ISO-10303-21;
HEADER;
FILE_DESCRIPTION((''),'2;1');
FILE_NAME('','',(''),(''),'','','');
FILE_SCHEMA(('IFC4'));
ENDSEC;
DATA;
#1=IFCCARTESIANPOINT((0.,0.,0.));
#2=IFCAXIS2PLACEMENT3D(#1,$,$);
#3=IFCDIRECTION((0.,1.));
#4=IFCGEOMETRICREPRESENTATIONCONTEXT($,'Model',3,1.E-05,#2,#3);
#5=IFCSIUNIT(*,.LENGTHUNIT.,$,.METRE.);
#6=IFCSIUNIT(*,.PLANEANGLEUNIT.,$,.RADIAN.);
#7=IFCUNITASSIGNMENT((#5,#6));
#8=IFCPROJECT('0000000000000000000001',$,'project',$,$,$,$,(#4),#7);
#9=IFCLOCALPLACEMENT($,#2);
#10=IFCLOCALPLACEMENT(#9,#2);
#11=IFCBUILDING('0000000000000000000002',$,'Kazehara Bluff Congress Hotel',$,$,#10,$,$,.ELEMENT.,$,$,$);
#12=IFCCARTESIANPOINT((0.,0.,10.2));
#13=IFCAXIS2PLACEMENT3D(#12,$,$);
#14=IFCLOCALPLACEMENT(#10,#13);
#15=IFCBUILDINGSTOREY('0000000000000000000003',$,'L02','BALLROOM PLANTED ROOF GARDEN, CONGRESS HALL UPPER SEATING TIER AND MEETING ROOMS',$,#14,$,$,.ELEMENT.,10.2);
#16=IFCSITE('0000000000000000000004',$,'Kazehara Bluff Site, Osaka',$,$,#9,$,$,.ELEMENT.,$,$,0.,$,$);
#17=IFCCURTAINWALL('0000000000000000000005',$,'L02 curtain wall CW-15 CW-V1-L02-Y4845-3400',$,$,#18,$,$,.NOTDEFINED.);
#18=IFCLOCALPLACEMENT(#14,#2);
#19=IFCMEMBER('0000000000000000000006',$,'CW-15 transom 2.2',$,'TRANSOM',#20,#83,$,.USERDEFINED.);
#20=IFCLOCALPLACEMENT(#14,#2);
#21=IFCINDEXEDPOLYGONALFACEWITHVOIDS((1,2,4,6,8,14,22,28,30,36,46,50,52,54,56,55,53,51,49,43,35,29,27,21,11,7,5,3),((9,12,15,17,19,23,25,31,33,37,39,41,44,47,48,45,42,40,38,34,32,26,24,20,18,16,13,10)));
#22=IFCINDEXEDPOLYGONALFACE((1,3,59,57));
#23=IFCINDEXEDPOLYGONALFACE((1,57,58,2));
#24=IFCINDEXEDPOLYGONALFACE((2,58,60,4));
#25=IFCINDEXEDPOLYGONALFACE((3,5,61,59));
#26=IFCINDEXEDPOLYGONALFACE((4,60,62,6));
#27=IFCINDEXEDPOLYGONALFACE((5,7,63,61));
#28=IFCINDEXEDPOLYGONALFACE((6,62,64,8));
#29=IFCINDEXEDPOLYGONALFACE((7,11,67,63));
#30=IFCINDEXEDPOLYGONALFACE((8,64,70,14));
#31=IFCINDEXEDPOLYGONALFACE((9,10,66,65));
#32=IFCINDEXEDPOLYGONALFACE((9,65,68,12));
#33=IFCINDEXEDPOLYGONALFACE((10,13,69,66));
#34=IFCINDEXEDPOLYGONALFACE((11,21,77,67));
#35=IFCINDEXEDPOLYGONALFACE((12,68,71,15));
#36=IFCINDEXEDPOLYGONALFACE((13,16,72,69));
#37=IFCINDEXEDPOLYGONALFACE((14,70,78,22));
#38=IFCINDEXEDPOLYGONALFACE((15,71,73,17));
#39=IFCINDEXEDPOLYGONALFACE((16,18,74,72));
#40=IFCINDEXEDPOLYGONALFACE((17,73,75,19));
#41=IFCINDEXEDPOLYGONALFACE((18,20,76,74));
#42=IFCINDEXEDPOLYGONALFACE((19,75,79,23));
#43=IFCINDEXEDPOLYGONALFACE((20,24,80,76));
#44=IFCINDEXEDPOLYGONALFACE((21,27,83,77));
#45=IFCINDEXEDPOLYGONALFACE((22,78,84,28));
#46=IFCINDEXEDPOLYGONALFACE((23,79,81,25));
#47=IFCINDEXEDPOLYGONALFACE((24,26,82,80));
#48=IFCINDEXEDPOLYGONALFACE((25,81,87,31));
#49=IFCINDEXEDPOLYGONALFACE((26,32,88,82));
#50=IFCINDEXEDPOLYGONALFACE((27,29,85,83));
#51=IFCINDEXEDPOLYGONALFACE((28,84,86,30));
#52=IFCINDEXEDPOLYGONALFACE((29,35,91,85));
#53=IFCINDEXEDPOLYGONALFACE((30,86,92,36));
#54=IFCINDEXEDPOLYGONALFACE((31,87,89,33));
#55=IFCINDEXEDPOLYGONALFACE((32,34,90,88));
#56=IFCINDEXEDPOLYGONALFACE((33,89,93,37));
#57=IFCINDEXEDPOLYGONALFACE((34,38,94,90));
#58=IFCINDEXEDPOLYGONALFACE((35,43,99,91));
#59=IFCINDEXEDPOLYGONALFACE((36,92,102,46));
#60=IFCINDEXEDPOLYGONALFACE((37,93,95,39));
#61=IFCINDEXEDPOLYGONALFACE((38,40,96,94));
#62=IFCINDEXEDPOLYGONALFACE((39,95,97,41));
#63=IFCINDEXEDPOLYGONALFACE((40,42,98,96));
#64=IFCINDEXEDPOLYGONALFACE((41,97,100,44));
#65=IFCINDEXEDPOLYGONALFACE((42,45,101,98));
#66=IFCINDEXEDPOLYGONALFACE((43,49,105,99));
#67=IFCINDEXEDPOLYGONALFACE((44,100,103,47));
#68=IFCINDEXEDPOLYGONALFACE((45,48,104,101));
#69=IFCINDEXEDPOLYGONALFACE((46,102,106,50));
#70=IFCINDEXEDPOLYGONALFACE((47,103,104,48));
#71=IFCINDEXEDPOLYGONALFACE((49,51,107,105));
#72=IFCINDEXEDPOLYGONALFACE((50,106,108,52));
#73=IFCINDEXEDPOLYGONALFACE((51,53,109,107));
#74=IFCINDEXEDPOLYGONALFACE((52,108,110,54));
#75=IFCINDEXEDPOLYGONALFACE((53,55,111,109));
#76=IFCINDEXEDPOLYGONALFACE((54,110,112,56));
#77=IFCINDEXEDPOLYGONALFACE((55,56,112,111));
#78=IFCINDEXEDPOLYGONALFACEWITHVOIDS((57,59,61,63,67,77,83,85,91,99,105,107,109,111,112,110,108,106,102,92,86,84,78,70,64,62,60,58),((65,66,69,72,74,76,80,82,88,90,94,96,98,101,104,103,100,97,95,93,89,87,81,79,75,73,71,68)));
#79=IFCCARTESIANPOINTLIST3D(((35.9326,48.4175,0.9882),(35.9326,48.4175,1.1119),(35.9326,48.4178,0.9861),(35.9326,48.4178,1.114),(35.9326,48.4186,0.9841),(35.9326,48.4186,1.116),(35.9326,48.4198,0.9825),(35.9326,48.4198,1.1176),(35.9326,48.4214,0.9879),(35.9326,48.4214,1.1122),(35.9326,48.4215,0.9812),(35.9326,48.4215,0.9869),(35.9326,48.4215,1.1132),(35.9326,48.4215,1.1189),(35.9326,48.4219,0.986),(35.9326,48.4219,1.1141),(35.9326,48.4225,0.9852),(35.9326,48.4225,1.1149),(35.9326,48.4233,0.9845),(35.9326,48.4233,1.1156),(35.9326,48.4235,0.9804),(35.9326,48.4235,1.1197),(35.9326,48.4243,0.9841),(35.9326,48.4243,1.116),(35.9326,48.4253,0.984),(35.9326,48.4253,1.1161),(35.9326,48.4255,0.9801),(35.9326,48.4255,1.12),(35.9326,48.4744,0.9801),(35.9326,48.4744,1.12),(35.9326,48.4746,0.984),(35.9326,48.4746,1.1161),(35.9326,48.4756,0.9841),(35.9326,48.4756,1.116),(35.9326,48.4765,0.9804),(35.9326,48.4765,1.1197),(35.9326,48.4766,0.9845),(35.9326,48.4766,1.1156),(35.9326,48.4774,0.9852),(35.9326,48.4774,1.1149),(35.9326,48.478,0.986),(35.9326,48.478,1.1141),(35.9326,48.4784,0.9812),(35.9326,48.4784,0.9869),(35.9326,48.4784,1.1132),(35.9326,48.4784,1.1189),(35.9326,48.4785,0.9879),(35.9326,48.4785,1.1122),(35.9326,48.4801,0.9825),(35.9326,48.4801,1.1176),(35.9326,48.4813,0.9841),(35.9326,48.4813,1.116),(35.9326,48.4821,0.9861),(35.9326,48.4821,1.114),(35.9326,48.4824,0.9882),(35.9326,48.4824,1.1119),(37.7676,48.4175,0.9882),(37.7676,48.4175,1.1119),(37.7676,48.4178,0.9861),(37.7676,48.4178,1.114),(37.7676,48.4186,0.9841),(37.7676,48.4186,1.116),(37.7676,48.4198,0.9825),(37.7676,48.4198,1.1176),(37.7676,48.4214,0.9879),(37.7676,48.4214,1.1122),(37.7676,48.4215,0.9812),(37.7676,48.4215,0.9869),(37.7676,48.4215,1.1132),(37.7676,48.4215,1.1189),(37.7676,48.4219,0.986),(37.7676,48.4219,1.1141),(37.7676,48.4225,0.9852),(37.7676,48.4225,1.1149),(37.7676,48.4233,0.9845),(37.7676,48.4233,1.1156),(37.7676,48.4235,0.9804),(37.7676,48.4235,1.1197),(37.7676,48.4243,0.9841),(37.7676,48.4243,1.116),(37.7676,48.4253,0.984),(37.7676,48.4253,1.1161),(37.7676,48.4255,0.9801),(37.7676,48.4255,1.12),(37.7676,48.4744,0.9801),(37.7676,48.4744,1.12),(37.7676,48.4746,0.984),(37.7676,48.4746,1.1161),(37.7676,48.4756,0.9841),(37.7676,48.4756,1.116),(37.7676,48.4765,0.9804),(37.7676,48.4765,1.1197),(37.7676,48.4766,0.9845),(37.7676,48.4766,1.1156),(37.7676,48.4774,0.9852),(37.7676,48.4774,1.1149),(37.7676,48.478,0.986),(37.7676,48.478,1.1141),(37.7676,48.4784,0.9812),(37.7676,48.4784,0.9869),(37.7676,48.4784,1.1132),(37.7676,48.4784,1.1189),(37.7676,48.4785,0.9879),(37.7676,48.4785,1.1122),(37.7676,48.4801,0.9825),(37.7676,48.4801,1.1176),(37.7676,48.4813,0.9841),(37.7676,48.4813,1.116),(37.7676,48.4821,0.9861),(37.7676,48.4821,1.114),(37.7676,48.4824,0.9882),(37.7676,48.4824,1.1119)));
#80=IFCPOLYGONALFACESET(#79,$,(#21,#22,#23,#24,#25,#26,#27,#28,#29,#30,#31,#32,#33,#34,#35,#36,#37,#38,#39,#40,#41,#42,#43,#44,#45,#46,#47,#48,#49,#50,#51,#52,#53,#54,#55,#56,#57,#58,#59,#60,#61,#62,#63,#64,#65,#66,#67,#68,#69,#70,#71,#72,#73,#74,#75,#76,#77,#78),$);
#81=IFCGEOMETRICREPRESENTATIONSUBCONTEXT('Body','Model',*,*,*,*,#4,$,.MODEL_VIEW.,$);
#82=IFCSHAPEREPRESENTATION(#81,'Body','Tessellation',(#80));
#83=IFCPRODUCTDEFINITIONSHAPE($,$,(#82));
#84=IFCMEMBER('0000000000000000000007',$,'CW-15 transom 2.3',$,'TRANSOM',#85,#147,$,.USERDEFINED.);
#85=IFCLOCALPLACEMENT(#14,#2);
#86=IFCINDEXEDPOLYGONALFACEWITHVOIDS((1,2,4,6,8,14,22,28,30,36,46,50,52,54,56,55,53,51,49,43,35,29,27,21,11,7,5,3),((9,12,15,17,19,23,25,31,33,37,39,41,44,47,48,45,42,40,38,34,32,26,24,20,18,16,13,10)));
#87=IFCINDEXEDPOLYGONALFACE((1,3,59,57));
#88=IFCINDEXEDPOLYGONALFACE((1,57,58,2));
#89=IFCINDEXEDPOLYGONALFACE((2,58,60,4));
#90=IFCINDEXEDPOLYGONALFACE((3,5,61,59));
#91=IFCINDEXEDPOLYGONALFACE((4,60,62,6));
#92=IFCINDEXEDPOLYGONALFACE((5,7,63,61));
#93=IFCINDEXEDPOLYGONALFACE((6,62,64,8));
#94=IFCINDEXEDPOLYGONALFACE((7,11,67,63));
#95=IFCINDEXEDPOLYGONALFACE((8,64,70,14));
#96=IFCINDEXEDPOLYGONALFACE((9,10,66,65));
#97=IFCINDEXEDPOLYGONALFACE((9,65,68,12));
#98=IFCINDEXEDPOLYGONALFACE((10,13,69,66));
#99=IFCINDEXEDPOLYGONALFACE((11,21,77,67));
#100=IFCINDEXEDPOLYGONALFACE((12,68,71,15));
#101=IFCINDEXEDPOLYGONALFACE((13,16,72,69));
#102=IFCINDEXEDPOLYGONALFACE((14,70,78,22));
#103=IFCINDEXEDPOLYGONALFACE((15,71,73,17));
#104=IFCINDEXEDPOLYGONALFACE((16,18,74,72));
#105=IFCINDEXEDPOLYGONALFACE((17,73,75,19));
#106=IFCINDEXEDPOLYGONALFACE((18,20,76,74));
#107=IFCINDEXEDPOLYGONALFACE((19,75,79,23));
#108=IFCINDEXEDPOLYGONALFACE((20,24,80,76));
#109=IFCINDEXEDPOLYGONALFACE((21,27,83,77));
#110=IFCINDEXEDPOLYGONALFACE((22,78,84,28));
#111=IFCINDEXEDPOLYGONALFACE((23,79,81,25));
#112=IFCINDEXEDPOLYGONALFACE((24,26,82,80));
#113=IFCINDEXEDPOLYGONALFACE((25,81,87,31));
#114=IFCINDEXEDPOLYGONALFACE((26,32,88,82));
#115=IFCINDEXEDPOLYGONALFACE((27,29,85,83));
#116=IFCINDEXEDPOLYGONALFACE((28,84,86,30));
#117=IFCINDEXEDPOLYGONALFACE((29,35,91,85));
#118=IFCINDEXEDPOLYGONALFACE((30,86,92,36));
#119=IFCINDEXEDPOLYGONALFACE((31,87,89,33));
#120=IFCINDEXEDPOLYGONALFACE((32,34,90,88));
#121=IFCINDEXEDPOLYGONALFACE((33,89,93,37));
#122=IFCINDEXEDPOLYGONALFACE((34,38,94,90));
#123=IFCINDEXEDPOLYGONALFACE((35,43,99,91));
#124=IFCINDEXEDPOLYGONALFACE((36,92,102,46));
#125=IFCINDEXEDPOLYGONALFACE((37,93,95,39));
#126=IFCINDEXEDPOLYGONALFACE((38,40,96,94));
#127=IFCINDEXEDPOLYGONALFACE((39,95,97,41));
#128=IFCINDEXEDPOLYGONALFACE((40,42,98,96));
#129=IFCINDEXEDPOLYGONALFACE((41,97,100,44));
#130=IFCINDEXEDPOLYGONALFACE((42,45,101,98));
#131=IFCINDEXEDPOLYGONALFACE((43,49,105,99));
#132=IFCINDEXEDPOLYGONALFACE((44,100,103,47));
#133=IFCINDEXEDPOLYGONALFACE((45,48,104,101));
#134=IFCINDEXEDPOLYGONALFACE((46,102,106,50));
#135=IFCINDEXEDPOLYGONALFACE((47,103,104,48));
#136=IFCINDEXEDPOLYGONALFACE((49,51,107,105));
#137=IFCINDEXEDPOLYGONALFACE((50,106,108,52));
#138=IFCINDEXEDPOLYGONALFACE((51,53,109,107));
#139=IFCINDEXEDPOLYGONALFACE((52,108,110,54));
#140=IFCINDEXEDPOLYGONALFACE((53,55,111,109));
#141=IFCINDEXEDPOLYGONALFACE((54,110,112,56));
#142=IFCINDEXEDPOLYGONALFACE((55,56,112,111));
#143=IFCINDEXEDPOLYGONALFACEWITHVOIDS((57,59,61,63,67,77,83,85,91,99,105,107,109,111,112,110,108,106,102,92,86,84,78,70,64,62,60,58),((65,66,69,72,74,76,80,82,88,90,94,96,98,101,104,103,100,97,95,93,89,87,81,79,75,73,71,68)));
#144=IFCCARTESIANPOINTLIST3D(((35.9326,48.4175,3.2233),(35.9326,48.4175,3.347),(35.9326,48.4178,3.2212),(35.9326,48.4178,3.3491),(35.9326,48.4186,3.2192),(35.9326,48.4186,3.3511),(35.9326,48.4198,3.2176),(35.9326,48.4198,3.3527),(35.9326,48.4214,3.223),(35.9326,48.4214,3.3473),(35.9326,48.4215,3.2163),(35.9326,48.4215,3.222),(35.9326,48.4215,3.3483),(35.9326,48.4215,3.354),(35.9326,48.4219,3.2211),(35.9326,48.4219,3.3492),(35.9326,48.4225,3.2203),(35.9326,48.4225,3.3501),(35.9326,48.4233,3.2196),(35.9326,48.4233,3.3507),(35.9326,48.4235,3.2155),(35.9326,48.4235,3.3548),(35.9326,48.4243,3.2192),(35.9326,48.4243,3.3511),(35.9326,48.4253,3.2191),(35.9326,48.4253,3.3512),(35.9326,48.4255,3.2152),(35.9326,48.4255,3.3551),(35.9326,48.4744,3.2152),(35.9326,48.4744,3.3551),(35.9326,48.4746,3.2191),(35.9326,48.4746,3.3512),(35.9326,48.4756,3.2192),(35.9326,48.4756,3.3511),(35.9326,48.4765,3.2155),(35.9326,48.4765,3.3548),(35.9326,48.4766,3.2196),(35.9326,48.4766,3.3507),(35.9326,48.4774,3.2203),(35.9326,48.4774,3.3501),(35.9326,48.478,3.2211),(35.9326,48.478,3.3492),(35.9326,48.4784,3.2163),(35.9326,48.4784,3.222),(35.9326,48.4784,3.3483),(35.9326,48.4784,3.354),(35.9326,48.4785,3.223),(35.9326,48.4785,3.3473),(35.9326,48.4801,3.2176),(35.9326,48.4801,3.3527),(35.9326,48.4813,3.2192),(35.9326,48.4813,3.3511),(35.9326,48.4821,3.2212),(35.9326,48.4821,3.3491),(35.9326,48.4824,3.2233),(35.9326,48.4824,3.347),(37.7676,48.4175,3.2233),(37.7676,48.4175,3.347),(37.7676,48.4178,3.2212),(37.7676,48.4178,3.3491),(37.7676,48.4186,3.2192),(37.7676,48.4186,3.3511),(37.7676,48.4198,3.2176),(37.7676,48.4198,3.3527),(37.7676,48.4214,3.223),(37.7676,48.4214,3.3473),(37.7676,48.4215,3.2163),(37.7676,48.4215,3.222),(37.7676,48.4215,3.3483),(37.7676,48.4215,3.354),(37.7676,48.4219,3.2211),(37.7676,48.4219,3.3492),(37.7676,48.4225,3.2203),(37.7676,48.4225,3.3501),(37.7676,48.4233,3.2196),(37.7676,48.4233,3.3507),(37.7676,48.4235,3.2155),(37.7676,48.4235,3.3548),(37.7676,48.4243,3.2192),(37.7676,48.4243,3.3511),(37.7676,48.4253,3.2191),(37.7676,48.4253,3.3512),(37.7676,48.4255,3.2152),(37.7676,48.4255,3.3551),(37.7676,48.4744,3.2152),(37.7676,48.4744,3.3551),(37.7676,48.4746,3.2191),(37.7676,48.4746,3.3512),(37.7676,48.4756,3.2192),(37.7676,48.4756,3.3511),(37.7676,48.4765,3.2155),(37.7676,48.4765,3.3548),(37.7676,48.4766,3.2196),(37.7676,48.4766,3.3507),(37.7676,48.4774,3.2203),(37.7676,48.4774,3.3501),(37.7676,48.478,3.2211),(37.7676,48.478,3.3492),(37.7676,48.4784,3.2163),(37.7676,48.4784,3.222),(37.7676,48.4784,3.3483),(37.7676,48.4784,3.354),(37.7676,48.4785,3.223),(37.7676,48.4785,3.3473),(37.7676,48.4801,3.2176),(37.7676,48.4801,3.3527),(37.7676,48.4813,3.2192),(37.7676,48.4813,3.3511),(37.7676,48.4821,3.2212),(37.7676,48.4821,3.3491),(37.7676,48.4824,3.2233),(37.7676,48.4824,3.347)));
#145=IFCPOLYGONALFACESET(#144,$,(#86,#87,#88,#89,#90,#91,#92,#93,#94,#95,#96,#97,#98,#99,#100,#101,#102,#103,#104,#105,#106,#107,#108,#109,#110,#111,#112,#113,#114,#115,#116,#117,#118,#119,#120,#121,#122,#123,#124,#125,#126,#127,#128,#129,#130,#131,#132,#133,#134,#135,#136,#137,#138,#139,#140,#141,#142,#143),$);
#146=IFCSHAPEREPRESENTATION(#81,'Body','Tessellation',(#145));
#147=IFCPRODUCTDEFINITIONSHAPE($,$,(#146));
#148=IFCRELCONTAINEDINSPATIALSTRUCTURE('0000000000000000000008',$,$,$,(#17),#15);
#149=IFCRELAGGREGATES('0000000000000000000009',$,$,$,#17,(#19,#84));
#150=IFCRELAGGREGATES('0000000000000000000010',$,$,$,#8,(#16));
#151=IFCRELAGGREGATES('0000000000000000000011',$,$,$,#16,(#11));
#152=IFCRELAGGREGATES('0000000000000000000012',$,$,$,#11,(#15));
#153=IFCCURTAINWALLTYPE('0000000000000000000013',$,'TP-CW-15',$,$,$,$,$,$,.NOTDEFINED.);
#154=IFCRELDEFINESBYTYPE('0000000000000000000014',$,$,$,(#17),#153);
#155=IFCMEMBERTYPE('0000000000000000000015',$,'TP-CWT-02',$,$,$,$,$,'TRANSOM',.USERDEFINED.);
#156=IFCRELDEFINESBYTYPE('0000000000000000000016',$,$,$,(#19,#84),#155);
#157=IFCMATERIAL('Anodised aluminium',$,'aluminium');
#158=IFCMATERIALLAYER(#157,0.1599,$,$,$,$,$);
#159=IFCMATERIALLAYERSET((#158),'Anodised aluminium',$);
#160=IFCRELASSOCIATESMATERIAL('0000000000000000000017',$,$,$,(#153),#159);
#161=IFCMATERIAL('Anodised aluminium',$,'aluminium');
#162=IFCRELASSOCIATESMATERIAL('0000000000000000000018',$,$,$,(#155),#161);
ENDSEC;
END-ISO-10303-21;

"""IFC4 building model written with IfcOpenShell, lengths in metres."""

from ifc_helpers import new_model, si_unit, direction, frame, origin, origin_2d, place, context, subcontext, project, spatial, hollow_rectangle, extrude, material, layer, layer_set, material_profile, profile_set, type_object, element, aggregate, save


model = new_model("IFC4")

# Units and contexts
model_context = context("Model", 3, precision=1e-05, world=origin(), true_north=direction((0.0, 1.0)))
body_context = subcontext(model_context, "Body", "Model", "MODEL_VIEW")
ifc_project = project(units=[si_unit("LENGTHUNIT", "METRE"), si_unit("PLANEANGLEUNIT", "RADIAN")], contexts=[model_context])

# Site, building, storey
site_placement = place(None, origin())
site = spatial("IfcSite", under=ifc_project, at=site_placement, Name="Kazehara Bluff Site, Osaka", CompositionType="ELEMENT", RefElevation=0.0)
building_placement = place(site_placement, origin())
building = spatial("IfcBuilding", under=site, at=building_placement, Name="Kazehara Bluff Congress Hotel", CompositionType="ELEMENT")
storey_placement = place(building_placement, frame((0.0, 0.0, 10.2)))
storey = spatial("IfcBuildingStorey", under=building, at=storey_placement, Name="L02", Description="BALLROOM PLANTED ROOF GARDEN, CONGRESS HALL UPPER SEATING TIER AND MEETING ROOMS", CompositionType="ELEMENT", Elevation=10.2)

# Curtain wall, members
ifc_material_1 = material(Name="Anodised aluminium", Category="aluminium")
ifc_layer_1 = layer(ifc_material_1, 0.1599)
ifc_layer_set_1 = layer_set([ifc_layer_1], Name="Anodised aluminium")
curtain_wall_type = type_object("IfcCurtainWallType", Name="TP-CW-15", PredefinedType="NOTDEFINED", material=ifc_layer_set_1)
curtain_wall_placement = place(storey_placement, origin())
curtain_wall = element("IfcCurtainWall", 1, at=curtain_wall_placement, inside=storey, type_object=curtain_wall_type, Name="L02 curtain wall CW-15 CW-V1-L02-Y4845-3400", PredefinedType="NOTDEFINED")
ifc_material_2 = material(Name="Anodised aluminium", Category="aluminium")
ifc_material_profile_1 = material_profile(ifc_material_2, hollow_rectangle(XDim=0.0649, YDim=0.1399, WallThickness=0.0039, InnerFilletRadius=0.0039, OuterFilletRadius=0.0081, at=origin_2d()))
ifc_profile_set_1 = profile_set([ifc_material_profile_1], Name="Anodised aluminium")
member_type_1 = type_object("IfcMemberType", Name="TP-CWT-02", ElementType="TRANSOM", PredefinedType="USERDEFINED", material=ifc_profile_set_1)
member_1_placement = place(storey_placement, frame((35.9326, 48.45, 1.05), z_axis=(1.0, 0.0, 0.0), x_axis=(0.0, 1.0, 0.0)))
member_1 = element("IfcMember", 2, at=member_1_placement, type_object=member_type_1, Name="CW-15 transom 2.2", ObjectType="TRANSOM", PredefinedType="USERDEFINED", context=body_context, shape_type="SweptSolid", body=[
    extrude(hollow_rectangle(XDim=0.0649, YDim=0.1399, WallThickness=0.0039, InnerFilletRadius=0.0039, OuterFilletRadius=0.0081, at=origin_2d()), origin(), (0.0, 0.0, 1.0), 1.835),
])
member_2_placement = place(storey_placement, frame((35.9326, 48.45, 3.2852), z_axis=(1.0, 0.0, 0.0), x_axis=(0.0, 1.0, 0.0)))
member_2 = element("IfcMember", 3, at=member_2_placement, type_object=member_type_1, Name="CW-15 transom 2.3", ObjectType="TRANSOM", PredefinedType="USERDEFINED", context=body_context, shape_type="SweptSolid", body=[
    extrude(hollow_rectangle(XDim=0.0649, YDim=0.1399, WallThickness=0.0039, InnerFilletRadius=0.0039, OuterFilletRadius=0.0081, at=origin_2d()), origin(), (0.0, 0.0, 1.0), 1.835),
])

aggregate(curtain_wall, [member_1, member_2])

save(model, "model.ifc")
